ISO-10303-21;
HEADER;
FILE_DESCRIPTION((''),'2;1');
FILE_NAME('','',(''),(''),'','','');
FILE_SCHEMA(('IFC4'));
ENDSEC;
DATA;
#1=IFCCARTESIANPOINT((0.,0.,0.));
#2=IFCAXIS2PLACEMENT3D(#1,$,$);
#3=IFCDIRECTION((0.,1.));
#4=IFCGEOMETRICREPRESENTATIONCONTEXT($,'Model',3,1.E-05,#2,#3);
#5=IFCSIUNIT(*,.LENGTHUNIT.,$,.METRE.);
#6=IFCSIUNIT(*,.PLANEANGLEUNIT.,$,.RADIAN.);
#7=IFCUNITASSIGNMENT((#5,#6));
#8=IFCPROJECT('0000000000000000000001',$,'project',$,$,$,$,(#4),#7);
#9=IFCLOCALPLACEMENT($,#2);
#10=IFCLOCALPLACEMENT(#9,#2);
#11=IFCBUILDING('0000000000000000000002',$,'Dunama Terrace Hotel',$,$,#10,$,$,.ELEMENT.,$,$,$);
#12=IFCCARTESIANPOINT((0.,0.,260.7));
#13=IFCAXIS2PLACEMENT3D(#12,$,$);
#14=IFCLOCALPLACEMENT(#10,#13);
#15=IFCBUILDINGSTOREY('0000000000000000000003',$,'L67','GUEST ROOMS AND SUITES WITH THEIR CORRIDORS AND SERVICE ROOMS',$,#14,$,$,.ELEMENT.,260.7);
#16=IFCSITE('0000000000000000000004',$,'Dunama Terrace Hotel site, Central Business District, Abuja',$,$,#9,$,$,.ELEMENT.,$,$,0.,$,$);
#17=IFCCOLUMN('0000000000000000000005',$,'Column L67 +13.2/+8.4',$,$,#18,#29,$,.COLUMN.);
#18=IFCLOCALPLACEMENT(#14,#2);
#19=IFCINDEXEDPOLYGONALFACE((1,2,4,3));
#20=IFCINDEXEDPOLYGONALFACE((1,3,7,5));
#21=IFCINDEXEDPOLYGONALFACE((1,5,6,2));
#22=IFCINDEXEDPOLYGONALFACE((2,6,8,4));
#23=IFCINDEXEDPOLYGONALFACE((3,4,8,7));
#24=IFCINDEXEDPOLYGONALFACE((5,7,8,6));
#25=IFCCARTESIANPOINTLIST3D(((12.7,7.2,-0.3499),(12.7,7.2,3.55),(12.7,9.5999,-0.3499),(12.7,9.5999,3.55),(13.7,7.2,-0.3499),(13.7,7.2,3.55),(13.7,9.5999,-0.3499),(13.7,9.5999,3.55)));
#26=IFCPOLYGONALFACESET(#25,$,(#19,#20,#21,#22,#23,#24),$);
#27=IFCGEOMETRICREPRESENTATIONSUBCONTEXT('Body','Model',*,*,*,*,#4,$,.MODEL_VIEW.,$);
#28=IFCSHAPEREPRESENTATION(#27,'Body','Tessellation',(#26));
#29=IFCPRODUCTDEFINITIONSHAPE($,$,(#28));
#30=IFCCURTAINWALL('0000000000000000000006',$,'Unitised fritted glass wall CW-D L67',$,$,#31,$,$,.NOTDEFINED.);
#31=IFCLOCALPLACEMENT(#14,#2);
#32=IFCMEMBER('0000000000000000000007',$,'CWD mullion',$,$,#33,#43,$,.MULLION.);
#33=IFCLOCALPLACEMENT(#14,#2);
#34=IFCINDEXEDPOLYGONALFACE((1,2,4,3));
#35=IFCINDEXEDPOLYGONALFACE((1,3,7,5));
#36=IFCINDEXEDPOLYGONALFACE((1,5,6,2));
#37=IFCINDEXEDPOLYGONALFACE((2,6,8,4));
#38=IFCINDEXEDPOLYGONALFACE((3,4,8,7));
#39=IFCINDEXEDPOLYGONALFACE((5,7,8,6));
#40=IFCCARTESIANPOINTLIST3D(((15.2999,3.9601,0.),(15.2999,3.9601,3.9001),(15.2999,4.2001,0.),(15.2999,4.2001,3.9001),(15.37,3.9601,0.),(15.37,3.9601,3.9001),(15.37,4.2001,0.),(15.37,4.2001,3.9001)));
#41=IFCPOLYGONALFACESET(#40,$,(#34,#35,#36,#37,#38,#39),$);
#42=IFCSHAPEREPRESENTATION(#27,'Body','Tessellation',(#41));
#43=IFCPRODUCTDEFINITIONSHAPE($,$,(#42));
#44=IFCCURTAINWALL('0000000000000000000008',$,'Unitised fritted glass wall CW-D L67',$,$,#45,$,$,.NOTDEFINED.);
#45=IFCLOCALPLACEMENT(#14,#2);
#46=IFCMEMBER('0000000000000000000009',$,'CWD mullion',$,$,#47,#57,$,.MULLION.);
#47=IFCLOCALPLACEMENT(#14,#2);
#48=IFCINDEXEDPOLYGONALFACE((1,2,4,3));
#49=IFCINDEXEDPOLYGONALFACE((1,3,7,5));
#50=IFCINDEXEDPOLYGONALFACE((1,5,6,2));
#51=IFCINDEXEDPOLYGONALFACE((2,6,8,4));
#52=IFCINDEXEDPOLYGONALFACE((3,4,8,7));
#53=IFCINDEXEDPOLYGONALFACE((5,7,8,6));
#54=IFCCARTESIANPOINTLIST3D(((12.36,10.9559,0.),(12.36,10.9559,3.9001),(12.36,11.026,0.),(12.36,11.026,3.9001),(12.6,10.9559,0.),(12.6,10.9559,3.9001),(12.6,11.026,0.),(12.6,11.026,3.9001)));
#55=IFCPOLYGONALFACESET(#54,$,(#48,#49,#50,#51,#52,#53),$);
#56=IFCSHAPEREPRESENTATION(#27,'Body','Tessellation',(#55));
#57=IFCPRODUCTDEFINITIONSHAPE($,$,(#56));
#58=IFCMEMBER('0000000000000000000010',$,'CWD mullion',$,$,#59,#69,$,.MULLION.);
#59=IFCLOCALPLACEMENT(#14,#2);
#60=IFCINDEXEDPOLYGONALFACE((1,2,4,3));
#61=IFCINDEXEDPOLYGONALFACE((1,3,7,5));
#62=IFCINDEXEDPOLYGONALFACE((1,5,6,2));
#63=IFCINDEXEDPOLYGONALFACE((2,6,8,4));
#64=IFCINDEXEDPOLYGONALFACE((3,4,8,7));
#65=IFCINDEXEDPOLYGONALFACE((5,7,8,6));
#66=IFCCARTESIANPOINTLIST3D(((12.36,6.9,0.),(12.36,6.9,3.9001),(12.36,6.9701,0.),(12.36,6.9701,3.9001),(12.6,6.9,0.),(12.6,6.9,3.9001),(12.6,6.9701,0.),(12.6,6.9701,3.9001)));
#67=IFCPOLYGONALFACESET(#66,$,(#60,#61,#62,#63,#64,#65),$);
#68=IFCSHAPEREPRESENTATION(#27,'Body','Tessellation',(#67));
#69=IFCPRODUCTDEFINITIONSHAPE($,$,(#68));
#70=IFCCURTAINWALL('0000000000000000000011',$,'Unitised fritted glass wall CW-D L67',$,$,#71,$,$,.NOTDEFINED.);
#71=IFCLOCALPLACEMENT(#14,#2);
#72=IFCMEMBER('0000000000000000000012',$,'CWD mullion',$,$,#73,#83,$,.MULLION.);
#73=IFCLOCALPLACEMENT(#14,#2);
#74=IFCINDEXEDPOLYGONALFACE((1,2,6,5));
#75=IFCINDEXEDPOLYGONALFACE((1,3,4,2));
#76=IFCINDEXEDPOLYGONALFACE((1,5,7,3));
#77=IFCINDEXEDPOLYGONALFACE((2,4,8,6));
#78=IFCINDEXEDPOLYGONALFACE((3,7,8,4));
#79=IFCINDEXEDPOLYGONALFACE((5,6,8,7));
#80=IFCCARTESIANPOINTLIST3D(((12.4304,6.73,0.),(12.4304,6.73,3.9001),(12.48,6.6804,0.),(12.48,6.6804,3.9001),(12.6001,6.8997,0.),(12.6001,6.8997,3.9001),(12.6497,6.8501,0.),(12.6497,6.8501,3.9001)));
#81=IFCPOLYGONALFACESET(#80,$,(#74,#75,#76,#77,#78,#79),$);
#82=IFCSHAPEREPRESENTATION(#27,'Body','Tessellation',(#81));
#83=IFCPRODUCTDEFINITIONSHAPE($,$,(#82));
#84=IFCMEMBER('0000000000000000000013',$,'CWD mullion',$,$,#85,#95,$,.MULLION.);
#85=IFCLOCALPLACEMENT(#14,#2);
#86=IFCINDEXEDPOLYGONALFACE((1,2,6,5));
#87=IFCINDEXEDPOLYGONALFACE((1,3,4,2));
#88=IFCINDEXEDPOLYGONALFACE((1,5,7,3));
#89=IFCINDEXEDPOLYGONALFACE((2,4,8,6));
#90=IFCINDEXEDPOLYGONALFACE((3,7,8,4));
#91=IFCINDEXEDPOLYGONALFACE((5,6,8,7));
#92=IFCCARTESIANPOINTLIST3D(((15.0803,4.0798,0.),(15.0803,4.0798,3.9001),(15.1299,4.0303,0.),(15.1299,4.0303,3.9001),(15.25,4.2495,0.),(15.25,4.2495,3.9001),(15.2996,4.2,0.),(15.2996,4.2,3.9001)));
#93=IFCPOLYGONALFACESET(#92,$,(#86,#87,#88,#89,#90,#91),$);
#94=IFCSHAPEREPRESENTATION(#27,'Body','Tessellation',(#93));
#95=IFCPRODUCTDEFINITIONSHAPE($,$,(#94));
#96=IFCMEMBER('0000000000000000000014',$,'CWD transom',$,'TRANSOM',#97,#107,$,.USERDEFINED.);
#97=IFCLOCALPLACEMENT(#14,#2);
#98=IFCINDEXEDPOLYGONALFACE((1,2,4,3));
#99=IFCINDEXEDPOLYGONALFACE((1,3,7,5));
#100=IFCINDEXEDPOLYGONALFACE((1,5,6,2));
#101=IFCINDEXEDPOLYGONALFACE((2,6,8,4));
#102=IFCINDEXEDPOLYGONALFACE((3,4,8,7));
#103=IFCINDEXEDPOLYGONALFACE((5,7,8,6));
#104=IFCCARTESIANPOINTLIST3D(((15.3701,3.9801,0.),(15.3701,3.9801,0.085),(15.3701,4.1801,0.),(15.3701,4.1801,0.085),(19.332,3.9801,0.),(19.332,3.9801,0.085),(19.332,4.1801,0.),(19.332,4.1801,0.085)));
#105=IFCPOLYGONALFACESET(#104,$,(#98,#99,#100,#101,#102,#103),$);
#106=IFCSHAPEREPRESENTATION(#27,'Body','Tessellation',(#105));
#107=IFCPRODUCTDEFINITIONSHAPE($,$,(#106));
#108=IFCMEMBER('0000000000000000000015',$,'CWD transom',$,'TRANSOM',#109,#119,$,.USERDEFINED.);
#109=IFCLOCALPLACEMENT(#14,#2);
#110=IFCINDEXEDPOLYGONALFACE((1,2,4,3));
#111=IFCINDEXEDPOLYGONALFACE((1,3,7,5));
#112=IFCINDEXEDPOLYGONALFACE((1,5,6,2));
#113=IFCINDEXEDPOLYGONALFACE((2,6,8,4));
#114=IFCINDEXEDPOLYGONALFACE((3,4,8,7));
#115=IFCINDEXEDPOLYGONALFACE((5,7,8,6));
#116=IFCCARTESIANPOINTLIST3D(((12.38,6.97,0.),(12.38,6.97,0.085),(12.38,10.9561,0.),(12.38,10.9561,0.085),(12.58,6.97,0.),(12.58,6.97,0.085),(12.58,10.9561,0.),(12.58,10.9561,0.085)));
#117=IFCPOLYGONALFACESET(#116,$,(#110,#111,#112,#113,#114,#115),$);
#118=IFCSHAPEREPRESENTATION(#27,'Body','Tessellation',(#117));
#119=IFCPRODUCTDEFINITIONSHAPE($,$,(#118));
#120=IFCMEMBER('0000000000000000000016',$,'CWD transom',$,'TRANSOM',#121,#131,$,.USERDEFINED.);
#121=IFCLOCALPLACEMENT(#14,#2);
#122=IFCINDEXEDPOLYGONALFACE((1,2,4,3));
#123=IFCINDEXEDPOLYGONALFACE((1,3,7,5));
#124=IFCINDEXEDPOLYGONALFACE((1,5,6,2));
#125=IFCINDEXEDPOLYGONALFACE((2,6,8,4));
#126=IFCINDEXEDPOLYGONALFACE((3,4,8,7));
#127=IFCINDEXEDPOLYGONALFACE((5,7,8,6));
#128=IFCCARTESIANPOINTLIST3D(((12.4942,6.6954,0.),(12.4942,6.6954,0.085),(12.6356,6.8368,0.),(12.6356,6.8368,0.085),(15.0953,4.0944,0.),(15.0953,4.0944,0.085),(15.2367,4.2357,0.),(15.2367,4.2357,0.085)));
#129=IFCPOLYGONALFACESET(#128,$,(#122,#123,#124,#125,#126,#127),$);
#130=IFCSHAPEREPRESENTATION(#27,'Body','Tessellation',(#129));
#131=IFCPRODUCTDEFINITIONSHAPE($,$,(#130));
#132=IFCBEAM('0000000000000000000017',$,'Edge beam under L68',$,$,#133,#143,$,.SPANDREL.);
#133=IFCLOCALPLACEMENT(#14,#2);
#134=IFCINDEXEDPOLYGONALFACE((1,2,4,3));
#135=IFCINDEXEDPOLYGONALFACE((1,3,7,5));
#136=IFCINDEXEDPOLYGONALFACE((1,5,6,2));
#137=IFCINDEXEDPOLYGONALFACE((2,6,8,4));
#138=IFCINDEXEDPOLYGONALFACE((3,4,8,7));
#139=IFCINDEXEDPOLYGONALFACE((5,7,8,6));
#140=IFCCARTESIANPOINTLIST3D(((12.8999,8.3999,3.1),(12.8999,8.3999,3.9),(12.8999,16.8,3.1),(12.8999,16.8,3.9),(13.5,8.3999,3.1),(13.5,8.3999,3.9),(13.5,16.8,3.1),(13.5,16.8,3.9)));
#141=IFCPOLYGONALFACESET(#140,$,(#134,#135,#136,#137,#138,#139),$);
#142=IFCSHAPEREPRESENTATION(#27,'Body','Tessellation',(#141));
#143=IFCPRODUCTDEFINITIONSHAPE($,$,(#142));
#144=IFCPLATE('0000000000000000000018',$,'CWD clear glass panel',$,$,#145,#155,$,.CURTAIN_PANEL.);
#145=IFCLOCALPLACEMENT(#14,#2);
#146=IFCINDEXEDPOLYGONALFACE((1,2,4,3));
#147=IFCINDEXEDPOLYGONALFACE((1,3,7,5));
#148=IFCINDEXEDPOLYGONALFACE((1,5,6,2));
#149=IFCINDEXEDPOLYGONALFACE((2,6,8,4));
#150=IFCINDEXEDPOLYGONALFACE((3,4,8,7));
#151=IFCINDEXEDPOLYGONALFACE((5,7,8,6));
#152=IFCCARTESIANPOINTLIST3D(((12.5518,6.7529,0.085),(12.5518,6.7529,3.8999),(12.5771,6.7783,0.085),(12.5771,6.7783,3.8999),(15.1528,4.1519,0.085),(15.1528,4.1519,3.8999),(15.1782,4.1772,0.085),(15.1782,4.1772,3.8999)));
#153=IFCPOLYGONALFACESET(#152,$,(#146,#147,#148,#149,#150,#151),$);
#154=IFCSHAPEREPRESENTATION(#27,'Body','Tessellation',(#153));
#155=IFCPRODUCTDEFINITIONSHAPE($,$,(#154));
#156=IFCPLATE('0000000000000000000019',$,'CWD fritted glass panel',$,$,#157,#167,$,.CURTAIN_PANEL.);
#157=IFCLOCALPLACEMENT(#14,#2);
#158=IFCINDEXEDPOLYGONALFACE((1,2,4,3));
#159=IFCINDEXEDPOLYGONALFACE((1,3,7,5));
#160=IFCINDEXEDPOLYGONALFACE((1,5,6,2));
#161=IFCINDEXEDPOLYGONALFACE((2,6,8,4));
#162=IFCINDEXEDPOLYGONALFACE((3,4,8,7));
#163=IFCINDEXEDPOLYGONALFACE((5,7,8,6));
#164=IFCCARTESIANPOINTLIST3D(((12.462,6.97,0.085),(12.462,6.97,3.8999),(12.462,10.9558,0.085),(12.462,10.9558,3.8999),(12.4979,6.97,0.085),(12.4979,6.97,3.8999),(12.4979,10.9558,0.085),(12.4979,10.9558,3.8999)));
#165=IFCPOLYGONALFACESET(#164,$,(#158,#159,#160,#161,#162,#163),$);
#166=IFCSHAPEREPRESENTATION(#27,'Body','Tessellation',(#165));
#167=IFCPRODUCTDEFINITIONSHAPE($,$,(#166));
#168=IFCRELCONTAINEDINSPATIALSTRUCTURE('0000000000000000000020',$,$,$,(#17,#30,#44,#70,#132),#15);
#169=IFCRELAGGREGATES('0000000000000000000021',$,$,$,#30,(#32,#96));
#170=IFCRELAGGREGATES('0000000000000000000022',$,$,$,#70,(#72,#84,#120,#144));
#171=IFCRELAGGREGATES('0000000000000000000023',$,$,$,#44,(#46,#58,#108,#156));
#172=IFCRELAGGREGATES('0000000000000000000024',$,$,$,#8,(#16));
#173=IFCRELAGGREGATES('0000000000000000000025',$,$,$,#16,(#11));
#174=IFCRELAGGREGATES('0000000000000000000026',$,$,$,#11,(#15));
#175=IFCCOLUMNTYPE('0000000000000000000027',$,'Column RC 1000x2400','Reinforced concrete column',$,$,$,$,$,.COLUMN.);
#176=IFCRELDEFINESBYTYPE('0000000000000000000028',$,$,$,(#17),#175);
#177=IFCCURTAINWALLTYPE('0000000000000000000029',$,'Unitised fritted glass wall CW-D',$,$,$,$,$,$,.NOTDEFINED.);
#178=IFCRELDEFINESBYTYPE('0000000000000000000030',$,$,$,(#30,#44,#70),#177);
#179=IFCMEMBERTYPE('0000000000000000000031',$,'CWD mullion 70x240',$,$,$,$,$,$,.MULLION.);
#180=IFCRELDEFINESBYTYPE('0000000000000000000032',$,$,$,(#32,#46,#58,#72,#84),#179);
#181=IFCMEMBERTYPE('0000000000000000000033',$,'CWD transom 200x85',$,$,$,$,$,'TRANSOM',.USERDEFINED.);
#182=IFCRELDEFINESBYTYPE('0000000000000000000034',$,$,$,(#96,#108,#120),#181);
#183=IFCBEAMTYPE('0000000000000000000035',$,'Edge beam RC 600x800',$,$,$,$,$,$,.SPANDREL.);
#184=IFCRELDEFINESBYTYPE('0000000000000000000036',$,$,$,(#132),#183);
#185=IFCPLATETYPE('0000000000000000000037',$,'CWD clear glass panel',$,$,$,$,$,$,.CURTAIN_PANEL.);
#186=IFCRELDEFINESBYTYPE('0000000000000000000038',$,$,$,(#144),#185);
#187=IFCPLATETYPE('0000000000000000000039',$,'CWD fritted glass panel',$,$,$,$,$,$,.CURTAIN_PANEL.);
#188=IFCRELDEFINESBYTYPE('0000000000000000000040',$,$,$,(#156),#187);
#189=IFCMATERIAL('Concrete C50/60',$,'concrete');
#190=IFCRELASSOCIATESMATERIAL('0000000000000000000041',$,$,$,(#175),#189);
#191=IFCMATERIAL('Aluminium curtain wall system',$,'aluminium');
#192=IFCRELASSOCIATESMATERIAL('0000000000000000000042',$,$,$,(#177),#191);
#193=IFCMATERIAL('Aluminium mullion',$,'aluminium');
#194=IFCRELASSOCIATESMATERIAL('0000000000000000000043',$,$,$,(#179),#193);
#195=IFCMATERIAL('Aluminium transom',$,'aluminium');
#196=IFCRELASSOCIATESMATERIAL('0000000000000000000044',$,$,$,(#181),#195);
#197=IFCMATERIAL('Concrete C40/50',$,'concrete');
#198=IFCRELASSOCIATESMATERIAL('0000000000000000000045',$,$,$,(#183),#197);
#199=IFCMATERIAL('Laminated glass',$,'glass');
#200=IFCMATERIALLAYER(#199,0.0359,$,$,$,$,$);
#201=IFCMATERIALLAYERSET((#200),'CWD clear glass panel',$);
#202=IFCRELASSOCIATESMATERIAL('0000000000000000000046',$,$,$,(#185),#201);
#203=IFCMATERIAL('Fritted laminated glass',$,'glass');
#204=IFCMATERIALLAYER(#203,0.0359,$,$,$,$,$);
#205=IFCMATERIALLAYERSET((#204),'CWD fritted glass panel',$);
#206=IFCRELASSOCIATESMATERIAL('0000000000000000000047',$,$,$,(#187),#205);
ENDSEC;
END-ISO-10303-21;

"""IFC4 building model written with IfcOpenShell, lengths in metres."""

from ifc_helpers import new_model, si_unit, direction, frame, origin, origin_2d, place, context, subcontext, project, spatial, rectangle, extrude, material, layer, layer_set, material_profile, profile_set, type_object, element, aggregate, save


model = new_model("IFC4")

# Units and contexts
model_context = context("Model", 3, precision=1e-05, world=origin(), true_north=direction((0.0, 1.0)))
body_context = subcontext(model_context, "Body", "Model", "MODEL_VIEW")
ifc_project = project(units=[si_unit("LENGTHUNIT", "METRE"), si_unit("PLANEANGLEUNIT", "RADIAN")], contexts=[model_context])

# Site, building, storey
site_placement = place(None, origin())
site = spatial("IfcSite", under=ifc_project, at=site_placement, Name="Dunama Terrace Hotel site, Central Business District, Abuja", CompositionType="ELEMENT", RefElevation=0.0)
building_placement = place(site_placement, origin())
building = spatial("IfcBuilding", under=site, at=building_placement, Name="Dunama Terrace Hotel", CompositionType="ELEMENT")
storey_placement = place(building_placement, frame((0.0, 0.0, 260.7)))
storey = spatial("IfcBuildingStorey", under=building, at=storey_placement, Name="L67", Description="GUEST ROOMS AND SUITES WITH THEIR CORRIDORS AND SERVICE ROOMS", CompositionType="ELEMENT", Elevation=260.7)

# Column
ifc_material_1 = material(Name="Concrete C50/60", Category="concrete")
ifc_material_profile_1 = material_profile(ifc_material_1, rectangle(XDim=1.0, YDim=2.3999, at=origin_2d()), Name="RC 1000x2400")
ifc_profile_set_1 = profile_set([ifc_material_profile_1], Name="Concrete C50/60")
column_type = type_object("IfcColumnType", Name="Column RC 1000x2400", Description="Reinforced concrete column", PredefinedType="COLUMN", material=ifc_profile_set_1)
column_placement = place(storey_placement, frame((13.2, 8.3999, -0.3499), z_axis=(0.0, 0.0, 1.0), x_axis=(1.0, 0.0, 0.0)))
element("IfcColumn", 1, at=column_placement, inside=storey, type_object=column_type, Name="Column L67 +13.2/+8.4", PredefinedType="COLUMN", context=body_context, shape_type="SweptSolid", body=[
    extrude(rectangle(XDim=1.0, YDim=2.3999, at=origin_2d()), origin(), (0.0, 0.0, 1.0), 3.8999),
])

# Curtain wall, member
ifc_material_2 = material(Name="Aluminium curtain wall system", Category="aluminium")
curtain_wall_type = type_object("IfcCurtainWallType", Name="Unitised fritted glass wall CW-D", PredefinedType="NOTDEFINED", material=ifc_material_2)
curtain_wall_1_placement = place(storey_placement, origin())
curtain_wall_1 = element("IfcCurtainWall", 2, at=curtain_wall_1_placement, inside=storey, type_object=curtain_wall_type, Name="Unitised fritted glass wall CW-D L67", PredefinedType="NOTDEFINED")
ifc_material_3 = material(Name="Aluminium mullion", Category="aluminium")
ifc_material_profile_2 = material_profile(ifc_material_3, rectangle(XDim=0.0701, YDim=0.24, at=origin_2d()), Name="CWD MULLION 70X240")
ifc_profile_set_2 = profile_set([ifc_material_profile_2], Name="Aluminium mullion")
member_type_1 = type_object("IfcMemberType", Name="CWD mullion 70x240", PredefinedType="MULLION", material=ifc_profile_set_2)
member_1_placement = place(storey_placement, frame((15.335, 4.0801, 0.0), z_axis=(0.0, 0.0, 1.0), x_axis=(1.0, 0.0, 0.0)))
member_1 = element("IfcMember", 3, at=member_1_placement, type_object=member_type_1, Name="CWD mullion", PredefinedType="MULLION", context=body_context, shape_type="SweptSolid", body=[
    extrude(rectangle(XDim=0.0701, YDim=0.24, at=origin_2d()), origin(), (0.0, 0.0, 1.0), 3.9001),
])

# Curtain walls, members
curtain_wall_2_placement = place(storey_placement, origin())
curtain_wall_2 = element("IfcCurtainWall", 4, at=curtain_wall_2_placement, inside=storey, type_object=curtain_wall_type, Name="Unitised fritted glass wall CW-D L67", PredefinedType="NOTDEFINED")
member_2_placement = place(storey_placement, frame((12.48, 10.991, 0.0), z_axis=(0.0, 0.0, 1.0), x_axis=(0.0, -1.0, 0.0)))
member_2 = element("IfcMember", 5, at=member_2_placement, type_object=member_type_1, Name="CWD mullion", PredefinedType="MULLION", context=body_context, shape_type="SweptSolid", body=[
    extrude(rectangle(XDim=0.0701, YDim=0.24, at=origin_2d()), origin(), (0.0, 0.0, 1.0), 3.9001),
])
member_3_placement = place(storey_placement, frame((12.48, 6.9351, 0.0), z_axis=(0.0, 0.0, 1.0), x_axis=(0.0, -1.0, 0.0)))
member_3 = element("IfcMember", 6, at=member_3_placement, type_object=member_type_1, Name="CWD mullion", PredefinedType="MULLION", context=body_context, shape_type="SweptSolid", body=[
    extrude(rectangle(XDim=0.0701, YDim=0.24, at=origin_2d()), origin(), (0.0, 0.0, 1.0), 3.9001),
])
curtain_wall_3_placement = place(storey_placement, origin())
curtain_wall_3 = element("IfcCurtainWall", 7, at=curtain_wall_3_placement, inside=storey, type_object=curtain_wall_type, Name="Unitised fritted glass wall CW-D L67", PredefinedType="NOTDEFINED")
member_4_placement = place(storey_placement, frame((12.54, 6.79, 0.0), z_axis=(0.0, 0.0, 1.0), x_axis=(0.707107, -0.707107, 0.0)))
member_4 = element("IfcMember", 8, at=member_4_placement, type_object=member_type_1, Name="CWD mullion", PredefinedType="MULLION", context=body_context, shape_type="SweptSolid", body=[
    extrude(rectangle(XDim=0.0701, YDim=0.24, at=origin_2d()), origin(), (0.0, 0.0, 1.0), 3.9001),
])
member_5_placement = place(storey_placement, frame((15.1899, 4.1399, 0.0), z_axis=(0.0, 0.0, 1.0), x_axis=(0.707107, -0.707107, 0.0)))
member_5 = element("IfcMember", 9, at=member_5_placement, type_object=member_type_1, Name="CWD mullion", PredefinedType="MULLION", context=body_context, shape_type="SweptSolid", body=[
    extrude(rectangle(XDim=0.0701, YDim=0.24, at=origin_2d()), origin(), (0.0, 0.0, 1.0), 3.9001),
])

# Members
ifc_material_4 = material(Name="Aluminium transom", Category="aluminium")
ifc_material_profile_3 = material_profile(ifc_material_4, rectangle(XDim=0.2, YDim=0.085, at=origin_2d()), Name="CWD TRANSOM 200X85")
ifc_profile_set_3 = profile_set([ifc_material_profile_3], Name="Aluminium transom")
member_type_2 = type_object("IfcMemberType", Name="CWD transom 200x85", ElementType="TRANSOM", PredefinedType="USERDEFINED", material=ifc_profile_set_3)
member_6_placement = place(storey_placement, frame((15.3701, 4.0801, 0.0425), z_axis=(1.0, 0.0, 0.0), x_axis=(0.0, 1.0, 0.0)))
member_6 = element("IfcMember", 10, at=member_6_placement, type_object=member_type_2, Name="CWD transom", ObjectType="TRANSOM", PredefinedType="USERDEFINED", context=body_context, shape_type="SweptSolid", body=[
    extrude(rectangle(XDim=0.2, YDim=0.085, at=origin_2d()), origin(), (0.0, 0.0, 1.0), 3.9619),
])
aggregate(curtain_wall_1, [member_1, member_6])
member_7_placement = place(storey_placement, frame((12.48, 10.9561, 0.0425), z_axis=(0.0, -1.0, 0.0), x_axis=(1.0, 0.0, 0.0)))
member_7 = element("IfcMember", 11, at=member_7_placement, type_object=member_type_2, Name="CWD transom", ObjectType="TRANSOM", PredefinedType="USERDEFINED", context=body_context, shape_type="SweptSolid", body=[
    extrude(rectangle(XDim=0.2, YDim=0.085, at=origin_2d()), origin(), (0.0, 0.0, 1.0), 3.9861),
])
member_8_placement = place(storey_placement, frame((12.5649, 6.7661, 0.0425), z_axis=(0.707107, -0.707107, 0.0), x_axis=(0.707107, 0.707107, 0.0)))
member_8 = element("IfcMember", 12, at=member_8_placement, type_object=member_type_2, Name="CWD transom", ObjectType="TRANSOM", PredefinedType="USERDEFINED", context=body_context, shape_type="SweptSolid", body=[
    extrude(rectangle(XDim=0.2, YDim=0.085, at=origin_2d()), origin(), (0.0, 0.0, 1.0), 3.6785),
])

# Beam
ifc_material_5 = material(Name="Concrete C40/50", Category="concrete")
ifc_material_profile_4 = material_profile(ifc_material_5, rectangle(XDim=0.6001, YDim=0.8, at=origin_2d()), Name="RC 600x800")
ifc_profile_set_4 = profile_set([ifc_material_profile_4], Name="Concrete C40/50")
beam_type = type_object("IfcBeamType", Name="Edge beam RC 600x800", PredefinedType="SPANDREL", material=ifc_profile_set_4)
beam_placement = place(storey_placement, frame((13.2, 8.3999, 3.5), z_axis=(0.0, 1.0, 0.0), x_axis=(-1.0, 0.0, 0.0)))
element("IfcBeam", 13, at=beam_placement, inside=storey, type_object=beam_type, Name="Edge beam under L68", PredefinedType="SPANDREL", context=body_context, shape_type="SweptSolid", body=[
    extrude(rectangle(XDim=0.6001, YDim=0.8, at=origin_2d()), origin(), (0.0, 0.0, 1.0), 8.4001),
])

# Plates
ifc_material_6 = material(Name="Laminated glass", Category="glass")
ifc_layer_1 = layer(ifc_material_6, 0.0359)
ifc_layer_set_1 = layer_set([ifc_layer_1], Name="CWD clear glass panel")
plate_type_1 = type_object("IfcPlateType", Name="CWD clear glass panel", PredefinedType="CURTAIN_PANEL", material=ifc_layer_set_1)
plate_1_placement = place(storey_placement, frame((13.865, 5.4651, 0.085), z_axis=(0.0, 0.0, 1.0), x_axis=(0.707107, -0.707107, 0.0)))
plate_1 = element("IfcPlate", 14, at=plate_1_placement, type_object=plate_type_1, Name="CWD clear glass panel", PredefinedType="CURTAIN_PANEL", context=body_context, shape_type="SweptSolid", body=[
    extrude(rectangle(XDim=3.6785, YDim=0.0359, at=origin_2d()), origin(), (0.0, 0.0, 1.0), 3.8149),
])
aggregate(curtain_wall_3, [member_4, member_5, member_8, plate_1])
ifc_material_7 = material(Name="Fritted laminated glass", Category="glass")
ifc_layer_2 = layer(ifc_material_7, 0.0359)
ifc_layer_set_2 = layer_set([ifc_layer_2], Name="CWD fritted glass panel")
plate_type_2 = type_object("IfcPlateType", Name="CWD fritted glass panel", PredefinedType="CURTAIN_PANEL", material=ifc_layer_set_2)
plate_2_placement = place(storey_placement, frame((12.48, 8.9629, 0.085), z_axis=(0.0, 0.0, 1.0), x_axis=(0.0, -1.0, 0.0)))
plate_2 = element("IfcPlate", 15, at=plate_2_placement, type_object=plate_type_2, Name="CWD fritted glass panel", PredefinedType="CURTAIN_PANEL", context=body_context, shape_type="SweptSolid", body=[
    extrude(rectangle(XDim=3.9858, YDim=0.0359, at=origin_2d()), origin(), (0.0, 0.0, 1.0), 3.8149),
])
aggregate(curtain_wall_2, [member_2, member_3, member_7, plate_2])

save(model, "model.ifc")
